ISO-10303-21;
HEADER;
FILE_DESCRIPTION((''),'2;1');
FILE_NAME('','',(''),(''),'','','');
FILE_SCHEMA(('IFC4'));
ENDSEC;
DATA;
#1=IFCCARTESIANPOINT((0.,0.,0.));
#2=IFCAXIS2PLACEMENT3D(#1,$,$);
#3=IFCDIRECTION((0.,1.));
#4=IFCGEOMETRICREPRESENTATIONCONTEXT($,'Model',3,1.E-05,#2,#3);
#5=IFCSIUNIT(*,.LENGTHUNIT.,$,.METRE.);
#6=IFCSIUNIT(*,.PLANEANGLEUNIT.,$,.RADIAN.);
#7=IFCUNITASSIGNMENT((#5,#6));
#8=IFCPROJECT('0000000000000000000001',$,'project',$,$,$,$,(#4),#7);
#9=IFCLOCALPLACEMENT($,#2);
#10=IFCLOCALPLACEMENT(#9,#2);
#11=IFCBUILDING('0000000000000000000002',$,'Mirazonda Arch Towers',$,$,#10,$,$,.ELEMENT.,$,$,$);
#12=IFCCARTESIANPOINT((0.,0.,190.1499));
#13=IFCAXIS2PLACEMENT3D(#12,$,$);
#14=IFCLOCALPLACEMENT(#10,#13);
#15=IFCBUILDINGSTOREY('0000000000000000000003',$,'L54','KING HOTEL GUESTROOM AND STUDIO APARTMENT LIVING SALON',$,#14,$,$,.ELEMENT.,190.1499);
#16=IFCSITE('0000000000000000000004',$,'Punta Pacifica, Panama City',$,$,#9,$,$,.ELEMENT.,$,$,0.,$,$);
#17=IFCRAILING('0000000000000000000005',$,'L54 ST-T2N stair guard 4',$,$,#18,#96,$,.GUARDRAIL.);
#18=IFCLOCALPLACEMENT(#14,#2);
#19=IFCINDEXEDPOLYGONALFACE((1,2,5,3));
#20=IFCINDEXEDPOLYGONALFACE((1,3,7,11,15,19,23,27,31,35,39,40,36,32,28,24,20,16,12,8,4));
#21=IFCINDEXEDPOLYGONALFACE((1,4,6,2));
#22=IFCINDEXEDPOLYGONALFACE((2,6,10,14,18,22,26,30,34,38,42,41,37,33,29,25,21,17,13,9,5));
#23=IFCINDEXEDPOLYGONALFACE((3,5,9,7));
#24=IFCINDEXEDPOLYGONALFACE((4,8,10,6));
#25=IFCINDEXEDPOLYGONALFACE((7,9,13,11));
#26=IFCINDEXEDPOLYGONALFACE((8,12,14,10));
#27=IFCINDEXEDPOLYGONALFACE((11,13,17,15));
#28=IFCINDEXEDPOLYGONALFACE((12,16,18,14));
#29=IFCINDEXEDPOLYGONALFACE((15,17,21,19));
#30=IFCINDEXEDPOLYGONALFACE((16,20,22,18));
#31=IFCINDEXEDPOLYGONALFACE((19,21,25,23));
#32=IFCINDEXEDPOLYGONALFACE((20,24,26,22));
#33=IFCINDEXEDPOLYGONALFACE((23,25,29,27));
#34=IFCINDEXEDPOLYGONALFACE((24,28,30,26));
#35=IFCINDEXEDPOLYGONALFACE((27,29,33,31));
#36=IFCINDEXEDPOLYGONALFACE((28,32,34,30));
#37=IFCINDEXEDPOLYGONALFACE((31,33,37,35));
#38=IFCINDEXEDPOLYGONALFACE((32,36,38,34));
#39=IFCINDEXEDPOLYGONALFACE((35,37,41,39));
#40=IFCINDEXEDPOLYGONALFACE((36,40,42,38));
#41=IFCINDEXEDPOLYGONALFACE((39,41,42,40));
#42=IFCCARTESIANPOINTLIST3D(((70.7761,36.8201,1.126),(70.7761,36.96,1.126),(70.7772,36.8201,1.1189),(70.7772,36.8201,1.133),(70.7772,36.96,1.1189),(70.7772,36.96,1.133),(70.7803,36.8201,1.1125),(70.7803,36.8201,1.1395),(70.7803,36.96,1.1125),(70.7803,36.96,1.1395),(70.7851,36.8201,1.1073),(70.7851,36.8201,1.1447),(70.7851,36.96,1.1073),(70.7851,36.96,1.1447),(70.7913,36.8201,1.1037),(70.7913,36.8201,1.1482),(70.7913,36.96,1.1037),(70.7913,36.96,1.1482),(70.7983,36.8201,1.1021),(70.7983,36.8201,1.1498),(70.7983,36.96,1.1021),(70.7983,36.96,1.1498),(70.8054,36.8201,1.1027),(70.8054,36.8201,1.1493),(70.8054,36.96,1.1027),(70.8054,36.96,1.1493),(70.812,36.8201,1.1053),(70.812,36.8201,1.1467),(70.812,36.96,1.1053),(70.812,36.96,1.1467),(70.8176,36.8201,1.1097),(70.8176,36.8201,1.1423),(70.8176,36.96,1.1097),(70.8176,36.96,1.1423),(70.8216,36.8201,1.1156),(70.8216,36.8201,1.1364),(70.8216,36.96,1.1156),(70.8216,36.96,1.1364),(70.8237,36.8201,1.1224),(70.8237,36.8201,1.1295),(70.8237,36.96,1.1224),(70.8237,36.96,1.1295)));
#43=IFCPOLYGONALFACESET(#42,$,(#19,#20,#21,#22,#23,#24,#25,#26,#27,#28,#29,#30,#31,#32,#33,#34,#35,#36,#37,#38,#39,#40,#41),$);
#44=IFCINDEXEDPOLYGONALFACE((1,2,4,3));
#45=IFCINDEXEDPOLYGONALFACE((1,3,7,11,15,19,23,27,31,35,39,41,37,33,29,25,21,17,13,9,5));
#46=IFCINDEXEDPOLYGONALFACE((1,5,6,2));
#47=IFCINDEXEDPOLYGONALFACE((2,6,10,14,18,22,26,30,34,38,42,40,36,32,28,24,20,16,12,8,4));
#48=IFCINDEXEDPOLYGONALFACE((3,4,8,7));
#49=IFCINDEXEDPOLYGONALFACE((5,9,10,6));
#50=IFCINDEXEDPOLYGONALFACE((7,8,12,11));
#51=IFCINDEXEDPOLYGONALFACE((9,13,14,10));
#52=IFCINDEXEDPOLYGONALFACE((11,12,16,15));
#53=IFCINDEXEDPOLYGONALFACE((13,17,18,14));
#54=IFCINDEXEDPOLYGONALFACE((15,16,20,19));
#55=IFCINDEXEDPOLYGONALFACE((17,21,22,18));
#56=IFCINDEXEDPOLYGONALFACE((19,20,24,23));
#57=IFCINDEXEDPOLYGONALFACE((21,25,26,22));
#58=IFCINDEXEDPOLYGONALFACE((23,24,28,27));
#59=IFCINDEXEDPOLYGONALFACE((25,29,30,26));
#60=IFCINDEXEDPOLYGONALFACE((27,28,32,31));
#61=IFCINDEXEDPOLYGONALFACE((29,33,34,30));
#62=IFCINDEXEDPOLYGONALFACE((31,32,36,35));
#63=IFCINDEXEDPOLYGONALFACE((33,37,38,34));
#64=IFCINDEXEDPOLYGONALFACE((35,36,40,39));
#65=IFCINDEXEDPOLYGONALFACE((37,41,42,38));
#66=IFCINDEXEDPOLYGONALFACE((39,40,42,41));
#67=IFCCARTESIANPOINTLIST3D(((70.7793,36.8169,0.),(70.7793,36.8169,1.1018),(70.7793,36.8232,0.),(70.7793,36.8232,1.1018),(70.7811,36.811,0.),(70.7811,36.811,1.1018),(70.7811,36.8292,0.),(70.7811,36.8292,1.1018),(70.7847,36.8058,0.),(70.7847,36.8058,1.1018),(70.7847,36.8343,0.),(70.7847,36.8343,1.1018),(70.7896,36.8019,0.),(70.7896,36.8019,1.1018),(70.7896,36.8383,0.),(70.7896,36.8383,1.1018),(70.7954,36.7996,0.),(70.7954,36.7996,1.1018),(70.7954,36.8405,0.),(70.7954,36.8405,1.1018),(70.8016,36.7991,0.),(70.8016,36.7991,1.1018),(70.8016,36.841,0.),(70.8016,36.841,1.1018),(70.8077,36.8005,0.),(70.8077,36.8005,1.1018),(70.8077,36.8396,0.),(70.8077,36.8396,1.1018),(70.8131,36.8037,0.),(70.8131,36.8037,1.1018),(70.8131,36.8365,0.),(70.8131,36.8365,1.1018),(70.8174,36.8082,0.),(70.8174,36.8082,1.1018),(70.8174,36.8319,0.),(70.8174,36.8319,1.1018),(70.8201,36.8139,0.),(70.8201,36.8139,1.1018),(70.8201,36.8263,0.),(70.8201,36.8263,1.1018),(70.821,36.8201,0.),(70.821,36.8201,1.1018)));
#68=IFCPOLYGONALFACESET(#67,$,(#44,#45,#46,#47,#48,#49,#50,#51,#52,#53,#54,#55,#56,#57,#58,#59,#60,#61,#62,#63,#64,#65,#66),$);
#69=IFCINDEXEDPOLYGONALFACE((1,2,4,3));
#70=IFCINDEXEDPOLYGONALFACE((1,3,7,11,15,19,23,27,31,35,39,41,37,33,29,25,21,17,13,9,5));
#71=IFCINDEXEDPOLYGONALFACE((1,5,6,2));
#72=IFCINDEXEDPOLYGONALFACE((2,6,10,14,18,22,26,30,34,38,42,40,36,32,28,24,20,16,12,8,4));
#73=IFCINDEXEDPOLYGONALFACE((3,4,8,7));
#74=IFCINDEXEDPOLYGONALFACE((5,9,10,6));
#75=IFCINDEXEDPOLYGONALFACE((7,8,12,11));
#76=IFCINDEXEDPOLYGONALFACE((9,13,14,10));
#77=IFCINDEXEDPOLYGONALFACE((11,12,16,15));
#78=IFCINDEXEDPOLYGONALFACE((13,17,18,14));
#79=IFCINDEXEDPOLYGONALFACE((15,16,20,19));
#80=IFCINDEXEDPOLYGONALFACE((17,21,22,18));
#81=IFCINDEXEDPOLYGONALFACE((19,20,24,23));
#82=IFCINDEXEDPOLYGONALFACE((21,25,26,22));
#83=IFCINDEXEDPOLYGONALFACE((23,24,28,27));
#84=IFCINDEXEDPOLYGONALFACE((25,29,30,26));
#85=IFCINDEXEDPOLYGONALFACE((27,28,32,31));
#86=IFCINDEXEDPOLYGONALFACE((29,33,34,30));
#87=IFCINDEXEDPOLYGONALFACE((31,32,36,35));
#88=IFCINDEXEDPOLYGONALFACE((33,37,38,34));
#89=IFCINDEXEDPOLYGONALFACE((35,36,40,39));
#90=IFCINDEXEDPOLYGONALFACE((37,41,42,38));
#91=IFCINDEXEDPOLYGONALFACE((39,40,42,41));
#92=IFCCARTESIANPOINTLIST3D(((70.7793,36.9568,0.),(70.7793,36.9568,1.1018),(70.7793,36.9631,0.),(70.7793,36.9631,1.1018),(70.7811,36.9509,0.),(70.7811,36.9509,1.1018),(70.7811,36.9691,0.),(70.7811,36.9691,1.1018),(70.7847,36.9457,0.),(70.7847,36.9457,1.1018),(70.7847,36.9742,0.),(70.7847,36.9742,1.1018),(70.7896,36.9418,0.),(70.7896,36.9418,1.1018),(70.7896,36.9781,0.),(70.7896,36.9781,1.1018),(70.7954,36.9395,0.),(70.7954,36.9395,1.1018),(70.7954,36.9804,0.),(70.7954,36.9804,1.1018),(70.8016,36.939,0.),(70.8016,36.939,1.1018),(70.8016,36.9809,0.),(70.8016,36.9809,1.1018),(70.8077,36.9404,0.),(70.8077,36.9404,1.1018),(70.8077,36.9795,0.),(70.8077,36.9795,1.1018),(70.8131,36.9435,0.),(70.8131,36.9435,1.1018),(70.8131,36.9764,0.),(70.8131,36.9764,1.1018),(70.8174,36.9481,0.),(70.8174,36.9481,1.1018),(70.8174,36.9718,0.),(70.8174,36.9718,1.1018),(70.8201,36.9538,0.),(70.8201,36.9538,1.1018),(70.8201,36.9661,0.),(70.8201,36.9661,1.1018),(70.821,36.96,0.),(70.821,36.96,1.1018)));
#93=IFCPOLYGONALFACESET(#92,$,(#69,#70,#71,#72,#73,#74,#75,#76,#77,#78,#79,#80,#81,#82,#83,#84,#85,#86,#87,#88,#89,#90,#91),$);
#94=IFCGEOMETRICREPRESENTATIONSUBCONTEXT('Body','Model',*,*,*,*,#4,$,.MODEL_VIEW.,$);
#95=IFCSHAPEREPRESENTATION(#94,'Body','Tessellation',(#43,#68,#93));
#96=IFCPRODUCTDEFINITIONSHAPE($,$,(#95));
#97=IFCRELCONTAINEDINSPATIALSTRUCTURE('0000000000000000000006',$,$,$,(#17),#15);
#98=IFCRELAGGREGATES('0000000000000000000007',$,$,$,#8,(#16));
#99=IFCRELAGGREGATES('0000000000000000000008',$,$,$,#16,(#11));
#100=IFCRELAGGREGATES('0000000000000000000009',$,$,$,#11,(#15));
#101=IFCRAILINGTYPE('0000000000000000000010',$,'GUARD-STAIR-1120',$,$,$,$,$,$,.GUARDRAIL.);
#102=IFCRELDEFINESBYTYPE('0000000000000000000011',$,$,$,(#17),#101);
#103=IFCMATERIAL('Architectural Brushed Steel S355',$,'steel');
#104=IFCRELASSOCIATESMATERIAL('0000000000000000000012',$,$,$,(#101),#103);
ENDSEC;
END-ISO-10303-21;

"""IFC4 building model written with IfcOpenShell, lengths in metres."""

from ifc_helpers import new_model, si_unit, direction, frame, origin, origin_2d, place, context, subcontext, project, spatial, circle, extrude, material, type_object, element, save


model = new_model("IFC4")

# Units and contexts
model_context = context("Model", 3, precision=1e-05, world=origin(), true_north=direction((0.0, 1.0)))
body_context = subcontext(model_context, "Body", "Model", "MODEL_VIEW")
ifc_project = project(units=[si_unit("LENGTHUNIT", "METRE"), si_unit("PLANEANGLEUNIT", "RADIAN")], contexts=[model_context])

# Site, building, storey
site_placement = place(None, origin())
site = spatial("IfcSite", under=ifc_project, at=site_placement, Name="Punta Pacifica, Panama City", CompositionType="ELEMENT", RefElevation=0.0)
building_placement = place(site_placement, origin())
building = spatial("IfcBuilding", under=site, at=building_placement, Name="Mirazonda Arch Towers", CompositionType="ELEMENT")
storey_placement = place(building_placement, frame((0.0, 0.0, 190.1499)))
storey = spatial("IfcBuildingStorey", under=building, at=storey_placement, Name="L54", Description="KING HOTEL GUESTROOM AND STUDIO APARTMENT LIVING SALON", CompositionType="ELEMENT", Elevation=190.1499)

# Railing
ifc_material_1 = material(Name="Architectural Brushed Steel S355", Category="steel")
railing_type = type_object("IfcRailingType", Name="GUARD-STAIR-1120", PredefinedType="GUARDRAIL", material=ifc_material_1)
railing_1_placement = place(storey_placement, frame((70.8, 36.8201, 0.0)))
element("IfcRailing", 1, at=railing_1_placement, inside=storey, type_object=railing_type, Name="L54 ST-T2N stair guard 4", PredefinedType="GUARDRAIL", context=body_context, shape_type="SweptSolid", body=[
    extrude(circle(Radius=0.0239, at=origin_2d()), frame((0.0, 0.0, 1.126), z_axis=(0.0, 1.0, 0.0), x_axis=(-1.0, 0.0, 0.0)), (0.0, 0.0, 1.0), 0.1399),
    extrude(circle(Radius=0.021, at=origin_2d()), origin(), (0.0, 0.0, 1.0), 1.1018),
    extrude(circle(Radius=0.021, at=origin_2d()), frame((0.0, 0.1399, 0.0)), (0.0, 0.0, 1.0), 1.1018),
])

save(model, "model.ifc")
